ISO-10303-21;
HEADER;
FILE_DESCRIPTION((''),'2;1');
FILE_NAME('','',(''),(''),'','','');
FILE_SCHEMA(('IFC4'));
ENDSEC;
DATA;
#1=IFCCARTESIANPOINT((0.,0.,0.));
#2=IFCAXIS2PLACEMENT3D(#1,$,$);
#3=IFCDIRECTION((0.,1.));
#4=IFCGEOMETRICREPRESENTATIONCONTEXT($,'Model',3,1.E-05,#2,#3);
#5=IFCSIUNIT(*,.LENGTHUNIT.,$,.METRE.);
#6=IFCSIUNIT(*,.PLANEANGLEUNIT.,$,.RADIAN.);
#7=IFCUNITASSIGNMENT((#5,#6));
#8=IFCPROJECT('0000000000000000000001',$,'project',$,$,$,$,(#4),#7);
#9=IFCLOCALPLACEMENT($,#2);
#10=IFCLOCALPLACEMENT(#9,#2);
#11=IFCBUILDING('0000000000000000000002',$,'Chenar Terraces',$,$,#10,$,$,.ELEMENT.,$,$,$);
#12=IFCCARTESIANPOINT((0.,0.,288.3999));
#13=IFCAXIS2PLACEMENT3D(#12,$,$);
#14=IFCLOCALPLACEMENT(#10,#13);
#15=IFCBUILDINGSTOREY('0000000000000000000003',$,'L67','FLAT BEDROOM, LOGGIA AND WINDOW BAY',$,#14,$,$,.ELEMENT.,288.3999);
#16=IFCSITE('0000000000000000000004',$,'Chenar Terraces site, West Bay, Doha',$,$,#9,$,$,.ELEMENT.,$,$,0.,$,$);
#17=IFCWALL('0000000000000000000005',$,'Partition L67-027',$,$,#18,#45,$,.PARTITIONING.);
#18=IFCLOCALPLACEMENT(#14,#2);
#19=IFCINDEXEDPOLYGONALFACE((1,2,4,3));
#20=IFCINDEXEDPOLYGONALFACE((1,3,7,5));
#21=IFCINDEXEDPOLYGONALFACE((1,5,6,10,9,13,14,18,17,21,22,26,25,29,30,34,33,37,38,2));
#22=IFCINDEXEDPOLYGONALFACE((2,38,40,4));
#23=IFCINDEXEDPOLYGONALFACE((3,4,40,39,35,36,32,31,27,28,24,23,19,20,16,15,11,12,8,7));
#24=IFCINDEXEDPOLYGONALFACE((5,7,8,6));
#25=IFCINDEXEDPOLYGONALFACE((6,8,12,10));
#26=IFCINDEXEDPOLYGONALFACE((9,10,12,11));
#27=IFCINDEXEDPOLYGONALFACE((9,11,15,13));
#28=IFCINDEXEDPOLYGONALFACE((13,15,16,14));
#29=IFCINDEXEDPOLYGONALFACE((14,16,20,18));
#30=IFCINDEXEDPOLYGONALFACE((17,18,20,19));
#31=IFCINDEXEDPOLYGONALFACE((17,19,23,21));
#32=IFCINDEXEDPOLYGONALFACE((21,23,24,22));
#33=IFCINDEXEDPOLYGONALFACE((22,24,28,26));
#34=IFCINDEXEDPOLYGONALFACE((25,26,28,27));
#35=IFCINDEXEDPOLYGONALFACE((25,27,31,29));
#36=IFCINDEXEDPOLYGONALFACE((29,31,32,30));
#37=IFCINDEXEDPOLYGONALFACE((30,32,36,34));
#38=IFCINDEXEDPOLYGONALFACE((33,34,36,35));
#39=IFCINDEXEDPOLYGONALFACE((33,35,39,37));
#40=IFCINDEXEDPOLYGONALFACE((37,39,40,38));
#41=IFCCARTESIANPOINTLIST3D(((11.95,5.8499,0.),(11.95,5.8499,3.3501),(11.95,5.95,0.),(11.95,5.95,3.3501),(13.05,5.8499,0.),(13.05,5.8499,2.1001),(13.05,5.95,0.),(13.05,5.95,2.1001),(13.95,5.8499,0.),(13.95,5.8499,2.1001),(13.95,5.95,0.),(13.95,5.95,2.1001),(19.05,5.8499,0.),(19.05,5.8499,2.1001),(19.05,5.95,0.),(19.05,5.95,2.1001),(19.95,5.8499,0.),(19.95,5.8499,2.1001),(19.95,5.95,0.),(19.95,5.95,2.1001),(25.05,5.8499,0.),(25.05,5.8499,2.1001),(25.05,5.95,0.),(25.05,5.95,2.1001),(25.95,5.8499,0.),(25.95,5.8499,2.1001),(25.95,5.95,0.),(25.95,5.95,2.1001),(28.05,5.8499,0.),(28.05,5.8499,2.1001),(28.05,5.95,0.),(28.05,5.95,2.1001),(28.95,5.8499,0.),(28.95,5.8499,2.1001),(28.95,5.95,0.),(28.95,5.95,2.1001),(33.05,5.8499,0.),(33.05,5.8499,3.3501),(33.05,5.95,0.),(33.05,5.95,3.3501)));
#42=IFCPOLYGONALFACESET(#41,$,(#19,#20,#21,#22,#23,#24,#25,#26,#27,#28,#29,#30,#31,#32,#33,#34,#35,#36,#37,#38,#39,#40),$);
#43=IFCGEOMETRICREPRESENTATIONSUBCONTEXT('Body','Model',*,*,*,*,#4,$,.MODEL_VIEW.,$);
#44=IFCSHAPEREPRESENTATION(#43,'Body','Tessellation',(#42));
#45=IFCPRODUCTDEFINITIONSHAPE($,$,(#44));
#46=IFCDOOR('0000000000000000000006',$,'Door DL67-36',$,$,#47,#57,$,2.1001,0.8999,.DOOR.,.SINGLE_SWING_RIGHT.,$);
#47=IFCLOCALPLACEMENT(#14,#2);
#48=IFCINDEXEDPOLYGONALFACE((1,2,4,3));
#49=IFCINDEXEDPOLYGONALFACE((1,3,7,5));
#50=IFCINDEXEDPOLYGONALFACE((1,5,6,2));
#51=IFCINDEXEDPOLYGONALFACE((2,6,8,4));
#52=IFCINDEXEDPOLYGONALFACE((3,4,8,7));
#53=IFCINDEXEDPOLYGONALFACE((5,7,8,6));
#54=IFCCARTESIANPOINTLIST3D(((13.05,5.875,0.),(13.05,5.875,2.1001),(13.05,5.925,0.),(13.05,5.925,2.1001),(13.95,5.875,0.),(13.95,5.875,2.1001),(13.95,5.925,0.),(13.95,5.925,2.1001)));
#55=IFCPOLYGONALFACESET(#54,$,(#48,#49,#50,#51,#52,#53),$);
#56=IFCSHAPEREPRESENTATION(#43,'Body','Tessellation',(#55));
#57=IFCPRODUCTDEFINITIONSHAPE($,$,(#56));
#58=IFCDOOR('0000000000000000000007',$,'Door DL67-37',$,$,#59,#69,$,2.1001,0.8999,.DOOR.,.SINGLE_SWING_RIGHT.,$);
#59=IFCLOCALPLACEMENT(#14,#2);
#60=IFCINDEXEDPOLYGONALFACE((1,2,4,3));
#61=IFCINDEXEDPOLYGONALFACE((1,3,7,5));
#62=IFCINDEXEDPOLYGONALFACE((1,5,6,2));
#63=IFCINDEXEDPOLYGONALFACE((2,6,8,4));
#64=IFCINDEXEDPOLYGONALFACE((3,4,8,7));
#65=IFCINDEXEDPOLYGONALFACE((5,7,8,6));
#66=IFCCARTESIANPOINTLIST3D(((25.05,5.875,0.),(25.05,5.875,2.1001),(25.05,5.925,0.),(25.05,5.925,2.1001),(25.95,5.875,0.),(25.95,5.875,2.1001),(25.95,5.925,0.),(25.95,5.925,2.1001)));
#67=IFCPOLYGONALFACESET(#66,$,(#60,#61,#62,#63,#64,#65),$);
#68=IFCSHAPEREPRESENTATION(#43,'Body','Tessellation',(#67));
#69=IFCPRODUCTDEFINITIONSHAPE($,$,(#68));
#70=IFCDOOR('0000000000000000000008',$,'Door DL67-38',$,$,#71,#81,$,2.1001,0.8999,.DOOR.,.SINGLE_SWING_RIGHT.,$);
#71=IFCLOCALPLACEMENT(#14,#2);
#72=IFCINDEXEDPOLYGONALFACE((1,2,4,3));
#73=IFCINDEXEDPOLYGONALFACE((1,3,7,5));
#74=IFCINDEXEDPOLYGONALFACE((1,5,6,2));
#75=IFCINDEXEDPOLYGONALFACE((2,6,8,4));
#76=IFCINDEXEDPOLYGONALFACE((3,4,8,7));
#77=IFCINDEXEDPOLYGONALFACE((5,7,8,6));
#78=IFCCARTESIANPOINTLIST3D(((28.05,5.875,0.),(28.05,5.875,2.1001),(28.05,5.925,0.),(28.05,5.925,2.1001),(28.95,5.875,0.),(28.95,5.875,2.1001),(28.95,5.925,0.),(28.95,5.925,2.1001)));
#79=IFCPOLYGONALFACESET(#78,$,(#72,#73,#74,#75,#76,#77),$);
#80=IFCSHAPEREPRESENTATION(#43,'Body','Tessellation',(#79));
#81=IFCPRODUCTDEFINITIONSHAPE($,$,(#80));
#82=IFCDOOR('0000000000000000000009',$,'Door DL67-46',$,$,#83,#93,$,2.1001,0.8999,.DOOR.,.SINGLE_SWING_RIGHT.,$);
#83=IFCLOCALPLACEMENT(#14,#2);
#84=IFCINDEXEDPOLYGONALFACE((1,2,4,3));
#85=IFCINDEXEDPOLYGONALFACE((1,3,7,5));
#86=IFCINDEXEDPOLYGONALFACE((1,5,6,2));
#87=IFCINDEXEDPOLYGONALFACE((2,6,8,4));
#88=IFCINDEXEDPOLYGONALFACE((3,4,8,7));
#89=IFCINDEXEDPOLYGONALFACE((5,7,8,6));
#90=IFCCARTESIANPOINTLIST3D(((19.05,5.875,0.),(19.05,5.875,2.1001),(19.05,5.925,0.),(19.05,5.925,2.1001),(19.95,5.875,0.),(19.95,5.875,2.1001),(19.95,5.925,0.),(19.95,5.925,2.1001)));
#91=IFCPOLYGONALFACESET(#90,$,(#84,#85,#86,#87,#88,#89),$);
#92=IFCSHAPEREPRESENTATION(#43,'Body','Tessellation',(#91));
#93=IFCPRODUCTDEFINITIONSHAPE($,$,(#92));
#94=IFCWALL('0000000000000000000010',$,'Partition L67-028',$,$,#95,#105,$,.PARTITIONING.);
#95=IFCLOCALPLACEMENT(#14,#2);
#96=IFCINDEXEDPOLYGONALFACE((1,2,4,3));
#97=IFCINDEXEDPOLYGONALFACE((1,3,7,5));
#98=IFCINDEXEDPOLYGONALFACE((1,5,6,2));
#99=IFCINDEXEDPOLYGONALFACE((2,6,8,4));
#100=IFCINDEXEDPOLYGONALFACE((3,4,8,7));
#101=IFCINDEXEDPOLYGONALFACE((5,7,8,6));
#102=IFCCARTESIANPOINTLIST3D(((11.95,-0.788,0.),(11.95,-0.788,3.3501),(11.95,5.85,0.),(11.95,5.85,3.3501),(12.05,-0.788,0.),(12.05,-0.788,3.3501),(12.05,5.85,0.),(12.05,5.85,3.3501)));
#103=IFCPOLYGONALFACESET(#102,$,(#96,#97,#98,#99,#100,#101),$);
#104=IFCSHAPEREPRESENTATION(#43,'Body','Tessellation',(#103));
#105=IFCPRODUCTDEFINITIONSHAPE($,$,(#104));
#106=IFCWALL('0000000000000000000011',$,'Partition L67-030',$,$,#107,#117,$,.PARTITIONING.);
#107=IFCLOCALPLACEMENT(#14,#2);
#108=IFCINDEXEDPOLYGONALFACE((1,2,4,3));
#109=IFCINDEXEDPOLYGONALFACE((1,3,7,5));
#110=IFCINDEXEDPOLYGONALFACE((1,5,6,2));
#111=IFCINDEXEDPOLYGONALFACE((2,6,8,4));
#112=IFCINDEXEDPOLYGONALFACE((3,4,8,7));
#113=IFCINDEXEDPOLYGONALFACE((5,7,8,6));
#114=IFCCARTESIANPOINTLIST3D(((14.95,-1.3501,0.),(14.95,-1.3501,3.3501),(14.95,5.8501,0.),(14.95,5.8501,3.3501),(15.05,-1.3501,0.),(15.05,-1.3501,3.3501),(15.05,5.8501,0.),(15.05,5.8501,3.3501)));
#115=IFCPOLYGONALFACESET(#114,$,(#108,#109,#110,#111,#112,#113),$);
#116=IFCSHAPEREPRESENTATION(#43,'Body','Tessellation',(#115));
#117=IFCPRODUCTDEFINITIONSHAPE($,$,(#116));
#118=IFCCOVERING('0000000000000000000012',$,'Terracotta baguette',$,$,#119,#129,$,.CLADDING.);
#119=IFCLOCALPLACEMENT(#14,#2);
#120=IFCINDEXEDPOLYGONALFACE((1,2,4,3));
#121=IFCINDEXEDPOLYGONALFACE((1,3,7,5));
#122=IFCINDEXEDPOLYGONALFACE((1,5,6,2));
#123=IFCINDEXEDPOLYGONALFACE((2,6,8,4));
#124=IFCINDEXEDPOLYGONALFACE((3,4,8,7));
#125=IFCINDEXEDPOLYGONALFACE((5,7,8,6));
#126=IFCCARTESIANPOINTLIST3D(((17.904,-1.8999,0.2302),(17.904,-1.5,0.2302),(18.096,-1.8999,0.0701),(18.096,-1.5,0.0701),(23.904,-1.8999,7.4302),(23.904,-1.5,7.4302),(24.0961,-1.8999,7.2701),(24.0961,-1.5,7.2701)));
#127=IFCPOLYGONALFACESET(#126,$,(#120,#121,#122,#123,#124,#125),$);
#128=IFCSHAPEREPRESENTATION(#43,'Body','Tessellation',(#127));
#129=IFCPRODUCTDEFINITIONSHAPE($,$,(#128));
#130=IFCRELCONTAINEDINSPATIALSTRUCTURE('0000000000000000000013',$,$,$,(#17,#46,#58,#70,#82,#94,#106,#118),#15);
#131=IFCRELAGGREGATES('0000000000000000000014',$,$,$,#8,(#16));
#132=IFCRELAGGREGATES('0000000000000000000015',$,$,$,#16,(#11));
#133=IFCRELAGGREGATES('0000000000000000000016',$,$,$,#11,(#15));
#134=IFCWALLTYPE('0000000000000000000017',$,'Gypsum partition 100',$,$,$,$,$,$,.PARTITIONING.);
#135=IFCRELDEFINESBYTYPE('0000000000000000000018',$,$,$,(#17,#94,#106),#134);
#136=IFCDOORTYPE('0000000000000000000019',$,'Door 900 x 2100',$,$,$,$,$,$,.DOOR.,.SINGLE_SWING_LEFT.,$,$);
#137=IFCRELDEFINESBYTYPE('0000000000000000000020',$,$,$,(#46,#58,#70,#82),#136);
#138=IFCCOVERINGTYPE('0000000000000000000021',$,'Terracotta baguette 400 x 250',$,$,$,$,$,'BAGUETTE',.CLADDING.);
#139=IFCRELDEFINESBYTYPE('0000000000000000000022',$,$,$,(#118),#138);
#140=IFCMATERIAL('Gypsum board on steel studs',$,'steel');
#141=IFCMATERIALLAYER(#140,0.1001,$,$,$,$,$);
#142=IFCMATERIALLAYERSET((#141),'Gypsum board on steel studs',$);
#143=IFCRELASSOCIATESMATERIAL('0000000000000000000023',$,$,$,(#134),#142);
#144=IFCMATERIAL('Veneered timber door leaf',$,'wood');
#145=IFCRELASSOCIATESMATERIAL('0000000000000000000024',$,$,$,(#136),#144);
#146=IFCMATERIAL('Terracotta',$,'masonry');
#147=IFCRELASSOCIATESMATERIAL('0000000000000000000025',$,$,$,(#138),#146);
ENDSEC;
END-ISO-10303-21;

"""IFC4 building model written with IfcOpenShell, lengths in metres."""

from ifc_helpers import new_model, si_unit, direction, frame, frame_2d, origin, origin_2d, place, context, subcontext, project, spatial, rectangle, extrude, material, layer, layer_set, material_profile, profile_set, type_object, element, fill, save


model = new_model("IFC4")

# Units and contexts
model_context = context("Model", 3, precision=1e-05, world=origin(), true_north=direction((0.0, 1.0)))
body_context = subcontext(model_context, "Body", "Model", "MODEL_VIEW")
ifc_project = project(units=[si_unit("LENGTHUNIT", "METRE"), si_unit("PLANEANGLEUNIT", "RADIAN")], contexts=[model_context])

# Site, building, storey
site_placement = place(None, origin())
site = spatial("IfcSite", under=ifc_project, at=site_placement, Name="Chenar Terraces site, West Bay, Doha", CompositionType="ELEMENT", RefElevation=0.0)
building_placement = place(site_placement, origin())
building = spatial("IfcBuilding", under=site, at=building_placement, Name="Chenar Terraces", CompositionType="ELEMENT")
storey_placement = place(building_placement, frame((0.0, 0.0, 288.3999)))
storey = spatial("IfcBuildingStorey", under=building, at=storey_placement, Name="L67", Description="FLAT BEDROOM, LOGGIA AND WINDOW BAY", CompositionType="ELEMENT", Elevation=288.3999)

# Wall, openings, doors
ifc_material_1 = material(Name="Gypsum board on steel studs", Category="steel")
ifc_layer_1 = layer(ifc_material_1, 0.1001)
ifc_layer_set_1 = layer_set([ifc_layer_1], Name="Gypsum board on steel studs")
wall_type_1 = type_object("IfcWallType", Name="Gypsum partition 100", PredefinedType="PARTITIONING", material=ifc_layer_set_1)
wall_1_placement = place(storey_placement, frame((11.95, 5.8999, 0.0), z_axis=(0.0, 0.0, 1.0), x_axis=(1.0, 0.0, 0.0)))
wall_1 = element("IfcWall", 1, at=wall_1_placement, inside=storey, type_object=wall_type_1, Name="Partition L67-027", PredefinedType="PARTITIONING", context=body_context, shape_type="SweptSolid", body=[
    extrude(rectangle(XDim=21.1001, YDim=0.1001, at=frame_2d((10.55, 0.0))), origin(), (0.0, 0.0, 1.0), 3.3501),
])
opening_1_placement = place(wall_1_placement, frame((1.1001, 0.0, 0.0)))
opening_1 = element("IfcOpeningElement", 2, at=opening_1_placement, cuts=wall_1, PredefinedType="OPENING", context=body_context, shape_type="SweptSolid", body=[
    extrude(rectangle(XDim=0.8999, YDim=2.1001, at=frame_2d((0.45, 1.05))), frame((0.0, 0.0601, 0.0), z_axis=(0.0, -1.0, 0.0), x_axis=(1.0, 0.0, 0.0)), (0.0, 0.0, 1.0), 0.1201),
])
opening_2_placement = place(wall_1_placement, frame((13.1001, 0.0, 0.0)))
opening_2 = element("IfcOpeningElement", 3, at=opening_2_placement, cuts=wall_1, PredefinedType="OPENING", context=body_context, shape_type="SweptSolid", body=[
    extrude(rectangle(XDim=0.8999, YDim=2.1001, at=frame_2d((0.45, 1.05))), frame((0.0, 0.0601, 0.0), z_axis=(0.0, -1.0, 0.0), x_axis=(1.0, 0.0, 0.0)), (0.0, 0.0, 1.0), 0.1201),
])
opening_3_placement = place(wall_1_placement, frame((16.1001, 0.0, 0.0)))
opening_3 = element("IfcOpeningElement", 4, at=opening_3_placement, cuts=wall_1, PredefinedType="OPENING", context=body_context, shape_type="SweptSolid", body=[
    extrude(rectangle(XDim=0.8999, YDim=2.1001, at=frame_2d((0.45, 1.05))), frame((0.0, 0.0601, 0.0), z_axis=(0.0, -1.0, 0.0), x_axis=(1.0, 0.0, 0.0)), (0.0, 0.0, 1.0), 0.1201),
])
opening_4_placement = place(wall_1_placement, frame((7.1001, 0.0, 0.0)))
opening_4 = element("IfcOpeningElement", 5, at=opening_4_placement, cuts=wall_1, PredefinedType="OPENING", context=body_context, shape_type="SweptSolid", body=[
    extrude(rectangle(XDim=0.8999, YDim=2.1001, at=frame_2d((0.45, 1.05))), frame((0.0, 0.0601, 0.0), z_axis=(0.0, -1.0, 0.0), x_axis=(1.0, 0.0, 0.0)), (0.0, 0.0, 1.0), 0.1201),
])
ifc_material_2 = material(Name="Veneered timber door leaf", Category="wood")
door_type_1 = type_object("IfcDoorType", Name="Door 900 x 2100", OperationType="SINGLE_SWING_LEFT", PredefinedType="DOOR", material=ifc_material_2)
door_1_placement = place(opening_1_placement, frame((0.8999, 0.0, 0.0), z_axis=(0.0, 0.0, 1.0), x_axis=(-1.0, 0.0, 0.0)))
door_1 = element("IfcDoor", 6, at=door_1_placement, inside=storey, type_object=door_type_1, Name="Door DL67-36", OperationType="SINGLE_SWING_RIGHT", OverallHeight=2.1001, OverallWidth=0.8999, PredefinedType="DOOR", context=body_context, shape_type="SweptSolid", body=[
    extrude(rectangle(XDim=0.8999, YDim=2.1001, at=frame_2d((0.45, 1.05))), frame((0.0, 0.0249, 0.0), z_axis=(0.0, -1.0, 0.0), x_axis=(1.0, 0.0, 0.0)), (0.0, 0.0, 1.0), 0.05),
])
fill(opening_1, door_1)
door_2_placement = place(opening_2_placement, frame((0.8999, 0.0, 0.0), z_axis=(0.0, 0.0, 1.0), x_axis=(-1.0, 0.0, 0.0)))
door_2 = element("IfcDoor", 7, at=door_2_placement, inside=storey, type_object=door_type_1, Name="Door DL67-37", OperationType="SINGLE_SWING_RIGHT", OverallHeight=2.1001, OverallWidth=0.8999, PredefinedType="DOOR", context=body_context, shape_type="SweptSolid", body=[
    extrude(rectangle(XDim=0.8999, YDim=2.1001, at=frame_2d((0.45, 1.05))), frame((0.0, 0.0249, 0.0), z_axis=(0.0, -1.0, 0.0), x_axis=(1.0, 0.0, 0.0)), (0.0, 0.0, 1.0), 0.05),
])
fill(opening_2, door_2)
door_3_placement = place(opening_3_placement, frame((0.8999, 0.0, 0.0), z_axis=(0.0, 0.0, 1.0), x_axis=(-1.0, 0.0, 0.0)))
door_3 = element("IfcDoor", 8, at=door_3_placement, inside=storey, type_object=door_type_1, Name="Door DL67-38", OperationType="SINGLE_SWING_RIGHT", OverallHeight=2.1001, OverallWidth=0.8999, PredefinedType="DOOR", context=body_context, shape_type="SweptSolid", body=[
    extrude(rectangle(XDim=0.8999, YDim=2.1001, at=frame_2d((0.45, 1.05))), frame((0.0, 0.0249, 0.0), z_axis=(0.0, -1.0, 0.0), x_axis=(1.0, 0.0, 0.0)), (0.0, 0.0, 1.0), 0.05),
])
fill(opening_3, door_3)
door_4_placement = place(opening_4_placement, frame((0.8999, 0.0, 0.0), z_axis=(0.0, 0.0, 1.0), x_axis=(-1.0, 0.0, 0.0)))
door_4 = element("IfcDoor", 9, at=door_4_placement, inside=storey, type_object=door_type_1, Name="Door DL67-46", OperationType="SINGLE_SWING_RIGHT", OverallHeight=2.1001, OverallWidth=0.8999, PredefinedType="DOOR", context=body_context, shape_type="SweptSolid", body=[
    extrude(rectangle(XDim=0.8999, YDim=2.1001, at=frame_2d((0.45, 1.05))), frame((0.0, 0.0249, 0.0), z_axis=(0.0, -1.0, 0.0), x_axis=(1.0, 0.0, 0.0)), (0.0, 0.0, 1.0), 0.05),
])
fill(opening_4, door_4)

# Walls
wall_2_placement = place(storey_placement, frame((12.0, -0.7878, 0.0), z_axis=(0.0, 0.0, 1.0), x_axis=(0.0, 1.0, 0.0)))
element("IfcWall", 10, at=wall_2_placement, inside=storey, type_object=wall_type_1, Name="Partition L67-028", PredefinedType="PARTITIONING", context=body_context, shape_type="SweptSolid", body=[
    extrude(rectangle(XDim=6.6379, YDim=0.1001, at=frame_2d((3.3188, 0.0))), origin(), (0.0, 0.0, 1.0), 3.3501),
])
wall_3_placement = place(storey_placement, frame((15.0, -1.3501, 0.0), z_axis=(0.0, 0.0, 1.0), x_axis=(0.0, 1.0, 0.0)))
element("IfcWall", 11, at=wall_3_placement, inside=storey, type_object=wall_type_1, Name="Partition L67-030", PredefinedType="PARTITIONING", context=body_context, shape_type="SweptSolid", body=[
    extrude(rectangle(XDim=7.2002, YDim=0.1001, at=frame_2d((3.6001, 0.0))), origin(), (0.0, 0.0, 1.0), 3.3501),
])

# Covering
ifc_material_3 = material(Name="Terracotta", Category="masonry")
ifc_material_profile = material_profile(ifc_material_3, rectangle(XDim=0.3999, YDim=0.25, at=origin_2d()), Name="Terracotta baguette 400 x 250")
ifc_profile_set = profile_set([ifc_material_profile], Name="Terracotta")
covering_type = type_object("IfcCoveringType", Name="Terracotta baguette 400 x 250", ElementType="BAGUETTE", PredefinedType="CLADDING", material=ifc_profile_set)
covering_placement = place(storey_placement, frame((18.0, -1.7, 0.1501), z_axis=(0.640187, 0.0, 0.768219), x_axis=(0.0, 1.0, 0.0)))
element("IfcCovering", 12, at=covering_placement, inside=storey, type_object=covering_type, Name="Terracotta baguette", PredefinedType="CLADDING", context=body_context, shape_type="SweptSolid", body=[
    extrude(rectangle(XDim=0.3999, YDim=0.25, at=origin_2d()), origin(), (0.0, 0.0, 1.0), 9.3723),
])

save(model, "model.ifc")
